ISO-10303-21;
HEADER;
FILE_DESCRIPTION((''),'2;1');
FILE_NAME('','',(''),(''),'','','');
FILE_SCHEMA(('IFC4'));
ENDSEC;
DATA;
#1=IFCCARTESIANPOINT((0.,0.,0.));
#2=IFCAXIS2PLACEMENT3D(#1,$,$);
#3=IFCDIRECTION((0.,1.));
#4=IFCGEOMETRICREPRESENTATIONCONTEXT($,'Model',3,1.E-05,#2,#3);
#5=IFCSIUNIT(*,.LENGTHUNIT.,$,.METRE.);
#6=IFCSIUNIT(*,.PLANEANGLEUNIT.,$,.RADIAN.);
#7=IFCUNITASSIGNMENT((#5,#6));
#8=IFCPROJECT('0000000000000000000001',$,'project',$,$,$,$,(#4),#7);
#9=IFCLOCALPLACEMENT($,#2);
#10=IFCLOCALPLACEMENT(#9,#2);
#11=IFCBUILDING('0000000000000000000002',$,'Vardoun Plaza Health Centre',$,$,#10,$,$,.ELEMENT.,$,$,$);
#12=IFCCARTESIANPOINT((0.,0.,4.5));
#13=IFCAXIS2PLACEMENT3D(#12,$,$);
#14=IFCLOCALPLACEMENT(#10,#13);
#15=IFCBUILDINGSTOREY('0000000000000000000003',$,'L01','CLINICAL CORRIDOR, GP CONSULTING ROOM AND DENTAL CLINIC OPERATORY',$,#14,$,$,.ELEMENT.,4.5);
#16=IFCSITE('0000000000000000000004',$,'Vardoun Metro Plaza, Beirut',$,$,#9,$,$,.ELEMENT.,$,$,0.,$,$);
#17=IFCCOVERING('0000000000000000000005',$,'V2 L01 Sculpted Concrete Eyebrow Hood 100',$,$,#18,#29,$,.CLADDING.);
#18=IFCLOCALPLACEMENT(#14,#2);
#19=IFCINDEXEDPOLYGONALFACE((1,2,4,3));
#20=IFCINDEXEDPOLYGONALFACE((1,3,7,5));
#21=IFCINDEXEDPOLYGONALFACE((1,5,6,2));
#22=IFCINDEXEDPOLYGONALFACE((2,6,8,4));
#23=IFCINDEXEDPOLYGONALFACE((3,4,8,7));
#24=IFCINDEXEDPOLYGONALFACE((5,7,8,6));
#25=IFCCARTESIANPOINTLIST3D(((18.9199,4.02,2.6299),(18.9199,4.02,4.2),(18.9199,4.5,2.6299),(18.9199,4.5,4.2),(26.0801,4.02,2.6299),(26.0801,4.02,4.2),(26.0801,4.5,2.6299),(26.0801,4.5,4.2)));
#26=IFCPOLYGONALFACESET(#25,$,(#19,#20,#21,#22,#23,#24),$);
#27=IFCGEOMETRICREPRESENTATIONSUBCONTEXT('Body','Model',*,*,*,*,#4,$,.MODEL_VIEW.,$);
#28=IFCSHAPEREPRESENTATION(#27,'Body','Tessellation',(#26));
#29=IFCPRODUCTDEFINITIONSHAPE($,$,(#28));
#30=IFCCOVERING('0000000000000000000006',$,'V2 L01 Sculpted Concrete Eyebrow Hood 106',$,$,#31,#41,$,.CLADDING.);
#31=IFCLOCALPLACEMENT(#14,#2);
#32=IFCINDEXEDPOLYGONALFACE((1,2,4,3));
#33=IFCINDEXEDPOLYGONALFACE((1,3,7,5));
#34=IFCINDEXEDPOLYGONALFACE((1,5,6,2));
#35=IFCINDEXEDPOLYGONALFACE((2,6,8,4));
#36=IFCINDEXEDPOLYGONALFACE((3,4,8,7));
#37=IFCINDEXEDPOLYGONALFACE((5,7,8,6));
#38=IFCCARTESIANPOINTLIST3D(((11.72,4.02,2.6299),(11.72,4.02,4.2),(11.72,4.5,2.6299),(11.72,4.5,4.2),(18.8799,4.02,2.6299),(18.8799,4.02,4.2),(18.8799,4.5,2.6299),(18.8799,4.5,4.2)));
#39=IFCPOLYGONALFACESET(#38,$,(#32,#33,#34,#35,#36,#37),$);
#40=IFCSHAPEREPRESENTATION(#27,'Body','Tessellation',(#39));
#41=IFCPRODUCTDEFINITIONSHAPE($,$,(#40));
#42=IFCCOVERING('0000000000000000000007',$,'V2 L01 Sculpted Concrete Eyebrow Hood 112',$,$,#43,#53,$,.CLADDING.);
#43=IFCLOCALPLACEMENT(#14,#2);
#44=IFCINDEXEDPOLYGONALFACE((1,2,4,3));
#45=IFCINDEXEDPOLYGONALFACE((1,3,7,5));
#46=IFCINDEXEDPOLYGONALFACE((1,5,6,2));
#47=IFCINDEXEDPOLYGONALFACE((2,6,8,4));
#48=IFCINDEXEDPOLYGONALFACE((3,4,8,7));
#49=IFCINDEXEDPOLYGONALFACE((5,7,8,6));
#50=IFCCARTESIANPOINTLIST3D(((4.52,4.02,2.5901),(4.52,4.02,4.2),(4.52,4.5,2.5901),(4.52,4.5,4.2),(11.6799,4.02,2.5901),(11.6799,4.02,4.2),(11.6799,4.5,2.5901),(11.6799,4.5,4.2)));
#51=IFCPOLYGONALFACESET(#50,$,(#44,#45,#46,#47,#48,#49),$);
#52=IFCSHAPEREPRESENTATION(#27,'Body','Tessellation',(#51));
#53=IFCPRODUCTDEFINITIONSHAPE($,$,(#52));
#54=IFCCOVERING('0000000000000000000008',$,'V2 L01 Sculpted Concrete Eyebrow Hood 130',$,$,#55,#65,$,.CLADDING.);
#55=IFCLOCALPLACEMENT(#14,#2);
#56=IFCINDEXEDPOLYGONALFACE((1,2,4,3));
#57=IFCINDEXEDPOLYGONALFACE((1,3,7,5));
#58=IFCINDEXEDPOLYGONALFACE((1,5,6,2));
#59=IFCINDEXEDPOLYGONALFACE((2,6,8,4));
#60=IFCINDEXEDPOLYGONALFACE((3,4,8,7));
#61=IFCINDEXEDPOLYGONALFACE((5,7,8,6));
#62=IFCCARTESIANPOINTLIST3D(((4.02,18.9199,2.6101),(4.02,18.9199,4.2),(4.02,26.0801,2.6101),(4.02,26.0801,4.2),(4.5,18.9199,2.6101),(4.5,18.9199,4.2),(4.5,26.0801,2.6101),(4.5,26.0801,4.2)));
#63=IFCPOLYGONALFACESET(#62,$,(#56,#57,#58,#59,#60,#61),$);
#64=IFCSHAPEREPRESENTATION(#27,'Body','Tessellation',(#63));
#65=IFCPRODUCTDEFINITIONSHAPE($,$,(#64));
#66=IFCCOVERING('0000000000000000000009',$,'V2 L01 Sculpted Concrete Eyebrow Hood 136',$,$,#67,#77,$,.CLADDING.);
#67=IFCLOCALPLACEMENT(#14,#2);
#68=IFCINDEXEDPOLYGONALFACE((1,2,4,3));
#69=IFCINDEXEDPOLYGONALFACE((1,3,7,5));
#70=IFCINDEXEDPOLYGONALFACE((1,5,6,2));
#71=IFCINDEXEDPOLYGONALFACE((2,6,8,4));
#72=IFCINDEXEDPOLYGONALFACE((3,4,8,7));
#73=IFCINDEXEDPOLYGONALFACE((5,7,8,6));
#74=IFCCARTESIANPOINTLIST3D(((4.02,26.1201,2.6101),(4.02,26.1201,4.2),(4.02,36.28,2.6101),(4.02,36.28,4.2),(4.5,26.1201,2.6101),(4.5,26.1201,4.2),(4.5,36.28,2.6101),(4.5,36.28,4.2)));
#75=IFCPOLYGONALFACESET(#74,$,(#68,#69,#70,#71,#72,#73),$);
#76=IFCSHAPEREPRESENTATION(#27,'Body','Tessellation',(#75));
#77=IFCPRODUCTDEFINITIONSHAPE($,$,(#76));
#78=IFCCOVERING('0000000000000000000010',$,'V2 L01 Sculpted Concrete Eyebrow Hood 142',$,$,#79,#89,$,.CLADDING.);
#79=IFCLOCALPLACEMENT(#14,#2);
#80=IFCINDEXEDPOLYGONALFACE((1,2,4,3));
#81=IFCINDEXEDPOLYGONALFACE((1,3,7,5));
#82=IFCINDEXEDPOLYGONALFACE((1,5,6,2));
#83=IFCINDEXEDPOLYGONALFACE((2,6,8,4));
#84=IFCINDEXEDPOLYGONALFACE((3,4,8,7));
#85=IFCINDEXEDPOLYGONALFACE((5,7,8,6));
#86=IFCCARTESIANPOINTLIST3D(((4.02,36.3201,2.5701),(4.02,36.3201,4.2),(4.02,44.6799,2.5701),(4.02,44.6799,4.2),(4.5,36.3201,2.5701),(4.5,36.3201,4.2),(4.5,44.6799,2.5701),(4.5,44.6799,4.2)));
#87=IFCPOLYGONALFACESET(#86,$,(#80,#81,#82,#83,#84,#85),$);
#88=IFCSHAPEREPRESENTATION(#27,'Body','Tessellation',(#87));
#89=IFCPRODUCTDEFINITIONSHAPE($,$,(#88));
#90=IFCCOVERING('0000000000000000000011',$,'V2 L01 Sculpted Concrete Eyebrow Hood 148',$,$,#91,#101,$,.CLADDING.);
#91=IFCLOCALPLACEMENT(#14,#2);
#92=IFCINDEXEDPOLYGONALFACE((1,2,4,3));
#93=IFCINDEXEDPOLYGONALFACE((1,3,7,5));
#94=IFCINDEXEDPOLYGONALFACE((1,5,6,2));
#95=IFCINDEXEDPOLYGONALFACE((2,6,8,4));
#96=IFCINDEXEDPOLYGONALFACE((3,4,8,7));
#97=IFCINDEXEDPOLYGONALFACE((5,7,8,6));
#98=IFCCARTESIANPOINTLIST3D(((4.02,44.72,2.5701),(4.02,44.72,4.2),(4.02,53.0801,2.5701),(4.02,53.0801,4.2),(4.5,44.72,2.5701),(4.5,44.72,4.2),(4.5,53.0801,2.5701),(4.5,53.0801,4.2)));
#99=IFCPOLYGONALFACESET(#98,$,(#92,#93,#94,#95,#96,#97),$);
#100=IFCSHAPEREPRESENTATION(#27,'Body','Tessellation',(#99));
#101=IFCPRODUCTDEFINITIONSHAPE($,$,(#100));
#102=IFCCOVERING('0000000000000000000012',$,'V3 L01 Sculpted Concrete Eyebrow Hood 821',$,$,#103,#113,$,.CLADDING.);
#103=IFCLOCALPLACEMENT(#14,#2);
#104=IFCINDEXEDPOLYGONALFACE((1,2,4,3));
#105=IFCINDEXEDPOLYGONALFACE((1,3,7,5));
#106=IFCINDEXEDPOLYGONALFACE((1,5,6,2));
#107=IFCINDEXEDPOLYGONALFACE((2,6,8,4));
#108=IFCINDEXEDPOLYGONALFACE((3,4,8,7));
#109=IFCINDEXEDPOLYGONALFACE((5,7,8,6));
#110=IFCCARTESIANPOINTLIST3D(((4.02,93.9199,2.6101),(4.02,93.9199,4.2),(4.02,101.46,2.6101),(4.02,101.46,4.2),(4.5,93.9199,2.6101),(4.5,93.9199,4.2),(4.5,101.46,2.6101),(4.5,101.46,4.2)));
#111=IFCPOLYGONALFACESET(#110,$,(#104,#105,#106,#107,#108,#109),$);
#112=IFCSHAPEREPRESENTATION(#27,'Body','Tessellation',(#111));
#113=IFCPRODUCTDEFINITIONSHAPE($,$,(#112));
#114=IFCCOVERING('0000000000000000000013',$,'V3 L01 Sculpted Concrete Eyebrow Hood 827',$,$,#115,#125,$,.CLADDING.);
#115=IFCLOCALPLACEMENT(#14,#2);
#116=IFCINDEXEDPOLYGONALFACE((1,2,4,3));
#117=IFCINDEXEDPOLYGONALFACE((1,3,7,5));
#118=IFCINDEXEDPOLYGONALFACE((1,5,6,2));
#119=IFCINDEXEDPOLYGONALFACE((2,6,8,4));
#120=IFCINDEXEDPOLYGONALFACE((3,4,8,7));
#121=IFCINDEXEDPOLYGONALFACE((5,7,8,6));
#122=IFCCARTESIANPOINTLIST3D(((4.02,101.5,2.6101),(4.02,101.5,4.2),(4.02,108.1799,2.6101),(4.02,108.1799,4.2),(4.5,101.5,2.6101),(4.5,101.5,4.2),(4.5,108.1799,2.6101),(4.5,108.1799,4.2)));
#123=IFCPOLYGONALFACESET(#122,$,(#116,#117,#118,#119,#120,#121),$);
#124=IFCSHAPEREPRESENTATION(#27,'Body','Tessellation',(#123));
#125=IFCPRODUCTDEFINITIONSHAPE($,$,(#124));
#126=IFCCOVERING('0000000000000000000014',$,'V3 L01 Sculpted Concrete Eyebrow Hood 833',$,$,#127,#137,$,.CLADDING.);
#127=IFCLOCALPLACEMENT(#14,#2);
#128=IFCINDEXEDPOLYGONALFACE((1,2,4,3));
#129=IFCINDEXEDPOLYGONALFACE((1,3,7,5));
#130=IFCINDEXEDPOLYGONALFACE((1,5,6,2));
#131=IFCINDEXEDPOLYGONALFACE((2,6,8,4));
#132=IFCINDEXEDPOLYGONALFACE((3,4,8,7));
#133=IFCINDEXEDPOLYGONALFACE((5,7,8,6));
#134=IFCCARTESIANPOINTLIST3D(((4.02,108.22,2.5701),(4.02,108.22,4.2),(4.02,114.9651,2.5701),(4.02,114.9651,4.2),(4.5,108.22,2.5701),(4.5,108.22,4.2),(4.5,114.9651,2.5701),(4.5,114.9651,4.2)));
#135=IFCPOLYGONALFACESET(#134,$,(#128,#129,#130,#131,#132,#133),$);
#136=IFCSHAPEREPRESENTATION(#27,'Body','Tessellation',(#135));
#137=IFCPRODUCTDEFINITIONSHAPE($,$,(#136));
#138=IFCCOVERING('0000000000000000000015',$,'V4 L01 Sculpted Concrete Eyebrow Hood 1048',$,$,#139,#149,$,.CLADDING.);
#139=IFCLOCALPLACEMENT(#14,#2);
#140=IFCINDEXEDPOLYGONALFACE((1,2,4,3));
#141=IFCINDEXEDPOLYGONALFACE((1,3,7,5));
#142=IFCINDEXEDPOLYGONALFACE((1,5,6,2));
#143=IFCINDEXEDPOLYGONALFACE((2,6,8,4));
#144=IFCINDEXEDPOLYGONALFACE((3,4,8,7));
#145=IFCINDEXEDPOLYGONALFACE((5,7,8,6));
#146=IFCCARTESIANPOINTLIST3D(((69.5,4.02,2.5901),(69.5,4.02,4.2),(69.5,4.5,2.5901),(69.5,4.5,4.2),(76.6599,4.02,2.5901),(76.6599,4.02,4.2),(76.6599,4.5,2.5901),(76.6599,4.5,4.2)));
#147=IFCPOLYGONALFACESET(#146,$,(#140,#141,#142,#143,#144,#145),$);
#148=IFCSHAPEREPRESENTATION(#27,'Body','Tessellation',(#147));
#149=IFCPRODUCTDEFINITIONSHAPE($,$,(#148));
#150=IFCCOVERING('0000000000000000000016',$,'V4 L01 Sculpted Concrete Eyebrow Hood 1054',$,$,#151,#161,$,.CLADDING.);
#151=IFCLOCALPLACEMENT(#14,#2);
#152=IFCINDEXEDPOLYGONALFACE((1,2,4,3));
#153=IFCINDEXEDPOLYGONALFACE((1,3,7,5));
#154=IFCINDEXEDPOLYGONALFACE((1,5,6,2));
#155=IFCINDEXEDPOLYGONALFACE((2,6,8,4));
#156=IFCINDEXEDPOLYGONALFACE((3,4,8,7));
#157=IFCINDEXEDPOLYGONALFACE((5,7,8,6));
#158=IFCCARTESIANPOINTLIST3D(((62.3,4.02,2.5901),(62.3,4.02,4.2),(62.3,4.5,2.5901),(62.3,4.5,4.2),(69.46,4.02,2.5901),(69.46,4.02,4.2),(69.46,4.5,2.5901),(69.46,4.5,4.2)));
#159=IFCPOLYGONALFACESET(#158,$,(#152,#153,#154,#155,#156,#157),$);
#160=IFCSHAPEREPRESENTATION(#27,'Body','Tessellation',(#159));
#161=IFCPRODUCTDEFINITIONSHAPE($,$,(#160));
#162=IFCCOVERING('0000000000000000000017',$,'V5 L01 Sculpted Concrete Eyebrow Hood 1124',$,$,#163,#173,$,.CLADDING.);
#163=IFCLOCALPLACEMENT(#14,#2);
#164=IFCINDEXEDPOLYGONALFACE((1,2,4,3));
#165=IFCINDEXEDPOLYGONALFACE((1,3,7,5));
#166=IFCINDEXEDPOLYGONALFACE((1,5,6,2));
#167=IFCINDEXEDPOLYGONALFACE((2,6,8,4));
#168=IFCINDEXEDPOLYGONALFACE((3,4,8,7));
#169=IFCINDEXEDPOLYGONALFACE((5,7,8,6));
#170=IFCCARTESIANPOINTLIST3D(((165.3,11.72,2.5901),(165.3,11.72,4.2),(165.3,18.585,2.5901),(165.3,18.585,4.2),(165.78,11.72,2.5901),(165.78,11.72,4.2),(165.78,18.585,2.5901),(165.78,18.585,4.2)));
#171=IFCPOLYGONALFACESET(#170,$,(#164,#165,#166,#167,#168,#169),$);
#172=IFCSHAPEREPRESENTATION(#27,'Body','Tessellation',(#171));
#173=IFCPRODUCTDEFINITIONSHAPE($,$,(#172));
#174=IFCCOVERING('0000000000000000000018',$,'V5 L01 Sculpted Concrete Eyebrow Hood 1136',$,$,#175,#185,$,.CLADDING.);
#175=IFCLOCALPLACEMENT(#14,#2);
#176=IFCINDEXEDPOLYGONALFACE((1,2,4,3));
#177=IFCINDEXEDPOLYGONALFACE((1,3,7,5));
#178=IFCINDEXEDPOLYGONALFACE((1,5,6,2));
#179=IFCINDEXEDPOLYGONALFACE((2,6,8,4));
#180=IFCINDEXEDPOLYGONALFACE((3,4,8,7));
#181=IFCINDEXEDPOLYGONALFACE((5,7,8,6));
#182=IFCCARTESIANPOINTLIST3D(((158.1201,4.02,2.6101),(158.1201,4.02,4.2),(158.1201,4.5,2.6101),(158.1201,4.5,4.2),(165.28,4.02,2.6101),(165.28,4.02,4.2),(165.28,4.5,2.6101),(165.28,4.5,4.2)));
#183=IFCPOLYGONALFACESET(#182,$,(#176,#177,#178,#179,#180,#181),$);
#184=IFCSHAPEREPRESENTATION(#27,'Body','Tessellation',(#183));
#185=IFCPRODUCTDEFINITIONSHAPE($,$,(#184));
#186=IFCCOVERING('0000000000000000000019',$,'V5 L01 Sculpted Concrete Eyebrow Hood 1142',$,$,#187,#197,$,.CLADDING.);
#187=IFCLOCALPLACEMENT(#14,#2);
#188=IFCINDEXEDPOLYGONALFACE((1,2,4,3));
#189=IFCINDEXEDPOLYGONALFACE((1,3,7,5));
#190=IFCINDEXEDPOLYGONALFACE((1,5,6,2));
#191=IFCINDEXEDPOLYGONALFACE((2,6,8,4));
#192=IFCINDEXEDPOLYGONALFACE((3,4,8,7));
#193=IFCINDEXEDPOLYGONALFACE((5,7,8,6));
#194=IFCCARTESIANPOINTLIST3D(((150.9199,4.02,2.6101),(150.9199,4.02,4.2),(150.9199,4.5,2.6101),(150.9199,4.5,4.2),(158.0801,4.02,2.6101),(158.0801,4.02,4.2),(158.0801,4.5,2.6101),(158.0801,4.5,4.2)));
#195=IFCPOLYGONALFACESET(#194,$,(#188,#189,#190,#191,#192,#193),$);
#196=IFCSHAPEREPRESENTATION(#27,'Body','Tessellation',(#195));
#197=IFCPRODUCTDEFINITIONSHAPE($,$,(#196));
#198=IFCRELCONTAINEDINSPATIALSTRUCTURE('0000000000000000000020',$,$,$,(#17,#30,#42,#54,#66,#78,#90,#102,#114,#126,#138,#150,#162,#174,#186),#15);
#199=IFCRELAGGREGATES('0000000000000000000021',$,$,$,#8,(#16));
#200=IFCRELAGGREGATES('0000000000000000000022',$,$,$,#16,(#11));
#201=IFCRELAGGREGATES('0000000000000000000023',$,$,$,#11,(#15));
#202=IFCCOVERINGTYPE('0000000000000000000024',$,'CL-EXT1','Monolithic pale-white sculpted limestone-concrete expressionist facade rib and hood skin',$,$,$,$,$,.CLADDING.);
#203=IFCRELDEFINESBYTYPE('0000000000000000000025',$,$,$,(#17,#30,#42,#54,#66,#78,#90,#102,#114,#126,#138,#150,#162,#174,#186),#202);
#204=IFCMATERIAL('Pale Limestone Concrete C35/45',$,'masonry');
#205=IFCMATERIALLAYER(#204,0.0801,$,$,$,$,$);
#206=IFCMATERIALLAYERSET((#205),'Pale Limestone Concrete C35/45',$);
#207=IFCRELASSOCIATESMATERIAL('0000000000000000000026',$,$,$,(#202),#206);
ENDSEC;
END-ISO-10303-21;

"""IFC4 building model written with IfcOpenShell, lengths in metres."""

from ifc_helpers import new_model, si_unit, direction, frame, origin, place, context, subcontext, project, spatial, polyline, outline, extrude, material, layer, layer_set, type_object, element, save


model = new_model("IFC4")

# Units and contexts
model_context = context("Model", 3, precision=1e-05, world=origin(), true_north=direction((0.0, 1.0)))
body_context = subcontext(model_context, "Body", "Model", "MODEL_VIEW")
ifc_project = project(units=[si_unit("LENGTHUNIT", "METRE"), si_unit("PLANEANGLEUNIT", "RADIAN")], contexts=[model_context])

# Site, building, storey
site_placement = place(None, origin())
site = spatial("IfcSite", under=ifc_project, at=site_placement, Name="Vardoun Metro Plaza, Beirut", CompositionType="ELEMENT", RefElevation=0.0)
building_placement = place(site_placement, origin())
building = spatial("IfcBuilding", under=site, at=building_placement, Name="Vardoun Plaza Health Centre", CompositionType="ELEMENT")
storey_placement = place(building_placement, frame((0.0, 0.0, 4.5)))
storey = spatial("IfcBuildingStorey", under=building, at=storey_placement, Name="L01", Description="CLINICAL CORRIDOR, GP CONSULTING ROOM AND DENTAL CLINIC OPERATORY", CompositionType="ELEMENT", Elevation=4.5)

# Coverings
ifc_material = material(Name="Pale Limestone Concrete C35/45", Category="masonry")
ifc_layer = layer(ifc_material, 0.0801)
ifc_layer_set = layer_set([ifc_layer], Name="Pale Limestone Concrete C35/45")
covering_type = type_object("IfcCoveringType", Name="CL-EXT1", Description="Monolithic pale-white sculpted limestone-concrete expressionist facade rib and hood skin", PredefinedType="CLADDING", material=ifc_layer_set)
covering_1_placement = place(storey_placement, frame((0.0, 0.0, 2.6299)))
element("IfcCovering", 1, at=covering_1_placement, inside=storey, type_object=covering_type, Name="V2 L01 Sculpted Concrete Eyebrow Hood 100", PredefinedType="CLADDING", context=body_context, shape_type="SweptSolid", body=[
    extrude(outline(polyline([(26.0801, 4.5), (18.9199, 4.5), (18.9199, 4.02), (26.0801, 4.02), (26.0801, 4.5)])), origin(), (0.0, 0.0, 1.0), 1.5701),
])
covering_2_placement = place(storey_placement, frame((0.0, 0.0, 2.6299)))
element("IfcCovering", 2, at=covering_2_placement, inside=storey, type_object=covering_type, Name="V2 L01 Sculpted Concrete Eyebrow Hood 106", PredefinedType="CLADDING", context=body_context, shape_type="SweptSolid", body=[
    extrude(outline(polyline([(18.8799, 4.5), (11.72, 4.5), (11.72, 4.02), (18.8799, 4.02), (18.8799, 4.5)])), origin(), (0.0, 0.0, 1.0), 1.5701),
])
covering_3_placement = place(storey_placement, frame((0.0, 0.0, 2.5901)))
element("IfcCovering", 3, at=covering_3_placement, inside=storey, type_object=covering_type, Name="V2 L01 Sculpted Concrete Eyebrow Hood 112", PredefinedType="CLADDING", context=body_context, shape_type="SweptSolid", body=[
    extrude(outline(polyline([(11.6799, 4.5), (4.52, 4.5), (4.52, 4.02), (11.6799, 4.02), (11.6799, 4.5)])), origin(), (0.0, 0.0, 1.0), 1.6099),
])
covering_4_placement = place(storey_placement, frame((0.0, 0.0, 2.6101)))
element("IfcCovering", 4, at=covering_4_placement, inside=storey, type_object=covering_type, Name="V2 L01 Sculpted Concrete Eyebrow Hood 130", PredefinedType="CLADDING", context=body_context, shape_type="SweptSolid", body=[
    extrude(outline(polyline([(4.5, 18.9199), (4.5, 26.0801), (4.02, 26.0801), (4.02, 18.9199), (4.5, 18.9199)])), origin(), (0.0, 0.0, 1.0), 1.5898),
])
covering_5_placement = place(storey_placement, frame((0.0, 0.0, 2.6101)))
element("IfcCovering", 5, at=covering_5_placement, inside=storey, type_object=covering_type, Name="V2 L01 Sculpted Concrete Eyebrow Hood 136", PredefinedType="CLADDING", context=body_context, shape_type="SweptSolid", body=[
    extrude(outline(polyline([(4.5, 26.1201), (4.5, 36.28), (4.02, 36.28), (4.02, 26.1201), (4.5, 26.1201)])), origin(), (0.0, 0.0, 1.0), 1.5898),
])
covering_6_placement = place(storey_placement, frame((0.0, 0.0, 2.5701)))
element("IfcCovering", 6, at=covering_6_placement, inside=storey, type_object=covering_type, Name="V2 L01 Sculpted Concrete Eyebrow Hood 142", PredefinedType="CLADDING", context=body_context, shape_type="SweptSolid", body=[
    extrude(outline(polyline([(4.5, 36.3201), (4.5, 44.6799), (4.02, 44.6799), (4.02, 36.3201), (4.5, 36.3201)])), origin(), (0.0, 0.0, 1.0), 1.6299),
])
covering_7_placement = place(storey_placement, frame((0.0, 0.0, 2.5701)))
element("IfcCovering", 7, at=covering_7_placement, inside=storey, type_object=covering_type, Name="V2 L01 Sculpted Concrete Eyebrow Hood 148", PredefinedType="CLADDING", context=body_context, shape_type="SweptSolid", body=[
    extrude(outline(polyline([(4.5, 44.72), (4.5, 53.0801), (4.02, 53.0801), (4.02, 44.72), (4.5, 44.72)])), origin(), (0.0, 0.0, 1.0), 1.6299),
])
covering_8_placement = place(storey_placement, frame((0.0, 0.0, 2.6101)))
element("IfcCovering", 8, at=covering_8_placement, inside=storey, type_object=covering_type, Name="V3 L01 Sculpted Concrete Eyebrow Hood 821", PredefinedType="CLADDING", context=body_context, shape_type="SweptSolid", body=[
    extrude(outline(polyline([(4.5, 93.9199), (4.5, 101.46), (4.02, 101.46), (4.02, 93.9199), (4.5, 93.9199)])), origin(), (0.0, 0.0, 1.0), 1.5898),
])
covering_9_placement = place(storey_placement, frame((0.0, 0.0, 2.6101)))
element("IfcCovering", 9, at=covering_9_placement, inside=storey, type_object=covering_type, Name="V3 L01 Sculpted Concrete Eyebrow Hood 827", PredefinedType="CLADDING", context=body_context, shape_type="SweptSolid", body=[
    extrude(outline(polyline([(4.5, 101.5), (4.5, 108.1799), (4.02, 108.1799), (4.02, 101.5), (4.5, 101.5)])), origin(), (0.0, 0.0, 1.0), 1.5898),
])
covering_10_placement = place(storey_placement, frame((0.0, 0.0, 2.5701)))
element("IfcCovering", 10, at=covering_10_placement, inside=storey, type_object=covering_type, Name="V3 L01 Sculpted Concrete Eyebrow Hood 833", PredefinedType="CLADDING", context=body_context, shape_type="SweptSolid", body=[
    extrude(outline(polyline([(4.5, 108.22), (4.5, 114.9651), (4.02, 114.9651), (4.02, 108.22), (4.5, 108.22)])), origin(), (0.0, 0.0, 1.0), 1.6299),
])
covering_11_placement = place(storey_placement, frame((0.0, 0.0, 2.5901)))
element("IfcCovering", 11, at=covering_11_placement, inside=storey, type_object=covering_type, Name="V4 L01 Sculpted Concrete Eyebrow Hood 1048", PredefinedType="CLADDING", context=body_context, shape_type="SweptSolid", body=[
    extrude(outline(polyline([(76.6599, 4.5), (69.5, 4.5), (69.5, 4.02), (76.6599, 4.02), (76.6599, 4.5)])), origin(), (0.0, 0.0, 1.0), 1.6099),
])
covering_12_placement = place(storey_placement, frame((0.0, 0.0, 2.5901)))
element("IfcCovering", 12, at=covering_12_placement, inside=storey, type_object=covering_type, Name="V4 L01 Sculpted Concrete Eyebrow Hood 1054", PredefinedType="CLADDING", context=body_context, shape_type="SweptSolid", body=[
    extrude(outline(polyline([(69.46, 4.5), (62.3, 4.5), (62.3, 4.02), (69.46, 4.02), (69.46, 4.5)])), origin(), (0.0, 0.0, 1.0), 1.6099),
])
covering_13_placement = place(storey_placement, frame((0.0, 0.0, 2.5901)))
element("IfcCovering", 13, at=covering_13_placement, inside=storey, type_object=covering_type, Name="V5 L01 Sculpted Concrete Eyebrow Hood 1124", PredefinedType="CLADDING", context=body_context, shape_type="SweptSolid", body=[
    extrude(outline(polyline([(165.3, 18.585), (165.3, 11.72), (165.78, 11.72), (165.78, 18.585), (165.3, 18.585)])), origin(), (0.0, 0.0, 1.0), 1.6099),
])
covering_14_placement = place(storey_placement, frame((0.0, 0.0, 2.6101)))
element("IfcCovering", 14, at=covering_14_placement, inside=storey, type_object=covering_type, Name="V5 L01 Sculpted Concrete Eyebrow Hood 1136", PredefinedType="CLADDING", context=body_context, shape_type="SweptSolid", body=[
    extrude(outline(polyline([(165.28, 4.5), (158.1201, 4.5), (158.1201, 4.02), (165.28, 4.02), (165.28, 4.5)])), origin(), (0.0, 0.0, 1.0), 1.5898),
])
covering_15_placement = place(storey_placement, frame((0.0, 0.0, 2.6101)))
element("IfcCovering", 15, at=covering_15_placement, inside=storey, type_object=covering_type, Name="V5 L01 Sculpted Concrete Eyebrow Hood 1142", PredefinedType="CLADDING", context=body_context, shape_type="SweptSolid", body=[
    extrude(outline(polyline([(158.0801, 4.5), (150.9199, 4.5), (150.9199, 4.02), (158.0801, 4.02), (158.0801, 4.5)])), origin(), (0.0, 0.0, 1.0), 1.5898),
])

save(model, "model.ifc")
